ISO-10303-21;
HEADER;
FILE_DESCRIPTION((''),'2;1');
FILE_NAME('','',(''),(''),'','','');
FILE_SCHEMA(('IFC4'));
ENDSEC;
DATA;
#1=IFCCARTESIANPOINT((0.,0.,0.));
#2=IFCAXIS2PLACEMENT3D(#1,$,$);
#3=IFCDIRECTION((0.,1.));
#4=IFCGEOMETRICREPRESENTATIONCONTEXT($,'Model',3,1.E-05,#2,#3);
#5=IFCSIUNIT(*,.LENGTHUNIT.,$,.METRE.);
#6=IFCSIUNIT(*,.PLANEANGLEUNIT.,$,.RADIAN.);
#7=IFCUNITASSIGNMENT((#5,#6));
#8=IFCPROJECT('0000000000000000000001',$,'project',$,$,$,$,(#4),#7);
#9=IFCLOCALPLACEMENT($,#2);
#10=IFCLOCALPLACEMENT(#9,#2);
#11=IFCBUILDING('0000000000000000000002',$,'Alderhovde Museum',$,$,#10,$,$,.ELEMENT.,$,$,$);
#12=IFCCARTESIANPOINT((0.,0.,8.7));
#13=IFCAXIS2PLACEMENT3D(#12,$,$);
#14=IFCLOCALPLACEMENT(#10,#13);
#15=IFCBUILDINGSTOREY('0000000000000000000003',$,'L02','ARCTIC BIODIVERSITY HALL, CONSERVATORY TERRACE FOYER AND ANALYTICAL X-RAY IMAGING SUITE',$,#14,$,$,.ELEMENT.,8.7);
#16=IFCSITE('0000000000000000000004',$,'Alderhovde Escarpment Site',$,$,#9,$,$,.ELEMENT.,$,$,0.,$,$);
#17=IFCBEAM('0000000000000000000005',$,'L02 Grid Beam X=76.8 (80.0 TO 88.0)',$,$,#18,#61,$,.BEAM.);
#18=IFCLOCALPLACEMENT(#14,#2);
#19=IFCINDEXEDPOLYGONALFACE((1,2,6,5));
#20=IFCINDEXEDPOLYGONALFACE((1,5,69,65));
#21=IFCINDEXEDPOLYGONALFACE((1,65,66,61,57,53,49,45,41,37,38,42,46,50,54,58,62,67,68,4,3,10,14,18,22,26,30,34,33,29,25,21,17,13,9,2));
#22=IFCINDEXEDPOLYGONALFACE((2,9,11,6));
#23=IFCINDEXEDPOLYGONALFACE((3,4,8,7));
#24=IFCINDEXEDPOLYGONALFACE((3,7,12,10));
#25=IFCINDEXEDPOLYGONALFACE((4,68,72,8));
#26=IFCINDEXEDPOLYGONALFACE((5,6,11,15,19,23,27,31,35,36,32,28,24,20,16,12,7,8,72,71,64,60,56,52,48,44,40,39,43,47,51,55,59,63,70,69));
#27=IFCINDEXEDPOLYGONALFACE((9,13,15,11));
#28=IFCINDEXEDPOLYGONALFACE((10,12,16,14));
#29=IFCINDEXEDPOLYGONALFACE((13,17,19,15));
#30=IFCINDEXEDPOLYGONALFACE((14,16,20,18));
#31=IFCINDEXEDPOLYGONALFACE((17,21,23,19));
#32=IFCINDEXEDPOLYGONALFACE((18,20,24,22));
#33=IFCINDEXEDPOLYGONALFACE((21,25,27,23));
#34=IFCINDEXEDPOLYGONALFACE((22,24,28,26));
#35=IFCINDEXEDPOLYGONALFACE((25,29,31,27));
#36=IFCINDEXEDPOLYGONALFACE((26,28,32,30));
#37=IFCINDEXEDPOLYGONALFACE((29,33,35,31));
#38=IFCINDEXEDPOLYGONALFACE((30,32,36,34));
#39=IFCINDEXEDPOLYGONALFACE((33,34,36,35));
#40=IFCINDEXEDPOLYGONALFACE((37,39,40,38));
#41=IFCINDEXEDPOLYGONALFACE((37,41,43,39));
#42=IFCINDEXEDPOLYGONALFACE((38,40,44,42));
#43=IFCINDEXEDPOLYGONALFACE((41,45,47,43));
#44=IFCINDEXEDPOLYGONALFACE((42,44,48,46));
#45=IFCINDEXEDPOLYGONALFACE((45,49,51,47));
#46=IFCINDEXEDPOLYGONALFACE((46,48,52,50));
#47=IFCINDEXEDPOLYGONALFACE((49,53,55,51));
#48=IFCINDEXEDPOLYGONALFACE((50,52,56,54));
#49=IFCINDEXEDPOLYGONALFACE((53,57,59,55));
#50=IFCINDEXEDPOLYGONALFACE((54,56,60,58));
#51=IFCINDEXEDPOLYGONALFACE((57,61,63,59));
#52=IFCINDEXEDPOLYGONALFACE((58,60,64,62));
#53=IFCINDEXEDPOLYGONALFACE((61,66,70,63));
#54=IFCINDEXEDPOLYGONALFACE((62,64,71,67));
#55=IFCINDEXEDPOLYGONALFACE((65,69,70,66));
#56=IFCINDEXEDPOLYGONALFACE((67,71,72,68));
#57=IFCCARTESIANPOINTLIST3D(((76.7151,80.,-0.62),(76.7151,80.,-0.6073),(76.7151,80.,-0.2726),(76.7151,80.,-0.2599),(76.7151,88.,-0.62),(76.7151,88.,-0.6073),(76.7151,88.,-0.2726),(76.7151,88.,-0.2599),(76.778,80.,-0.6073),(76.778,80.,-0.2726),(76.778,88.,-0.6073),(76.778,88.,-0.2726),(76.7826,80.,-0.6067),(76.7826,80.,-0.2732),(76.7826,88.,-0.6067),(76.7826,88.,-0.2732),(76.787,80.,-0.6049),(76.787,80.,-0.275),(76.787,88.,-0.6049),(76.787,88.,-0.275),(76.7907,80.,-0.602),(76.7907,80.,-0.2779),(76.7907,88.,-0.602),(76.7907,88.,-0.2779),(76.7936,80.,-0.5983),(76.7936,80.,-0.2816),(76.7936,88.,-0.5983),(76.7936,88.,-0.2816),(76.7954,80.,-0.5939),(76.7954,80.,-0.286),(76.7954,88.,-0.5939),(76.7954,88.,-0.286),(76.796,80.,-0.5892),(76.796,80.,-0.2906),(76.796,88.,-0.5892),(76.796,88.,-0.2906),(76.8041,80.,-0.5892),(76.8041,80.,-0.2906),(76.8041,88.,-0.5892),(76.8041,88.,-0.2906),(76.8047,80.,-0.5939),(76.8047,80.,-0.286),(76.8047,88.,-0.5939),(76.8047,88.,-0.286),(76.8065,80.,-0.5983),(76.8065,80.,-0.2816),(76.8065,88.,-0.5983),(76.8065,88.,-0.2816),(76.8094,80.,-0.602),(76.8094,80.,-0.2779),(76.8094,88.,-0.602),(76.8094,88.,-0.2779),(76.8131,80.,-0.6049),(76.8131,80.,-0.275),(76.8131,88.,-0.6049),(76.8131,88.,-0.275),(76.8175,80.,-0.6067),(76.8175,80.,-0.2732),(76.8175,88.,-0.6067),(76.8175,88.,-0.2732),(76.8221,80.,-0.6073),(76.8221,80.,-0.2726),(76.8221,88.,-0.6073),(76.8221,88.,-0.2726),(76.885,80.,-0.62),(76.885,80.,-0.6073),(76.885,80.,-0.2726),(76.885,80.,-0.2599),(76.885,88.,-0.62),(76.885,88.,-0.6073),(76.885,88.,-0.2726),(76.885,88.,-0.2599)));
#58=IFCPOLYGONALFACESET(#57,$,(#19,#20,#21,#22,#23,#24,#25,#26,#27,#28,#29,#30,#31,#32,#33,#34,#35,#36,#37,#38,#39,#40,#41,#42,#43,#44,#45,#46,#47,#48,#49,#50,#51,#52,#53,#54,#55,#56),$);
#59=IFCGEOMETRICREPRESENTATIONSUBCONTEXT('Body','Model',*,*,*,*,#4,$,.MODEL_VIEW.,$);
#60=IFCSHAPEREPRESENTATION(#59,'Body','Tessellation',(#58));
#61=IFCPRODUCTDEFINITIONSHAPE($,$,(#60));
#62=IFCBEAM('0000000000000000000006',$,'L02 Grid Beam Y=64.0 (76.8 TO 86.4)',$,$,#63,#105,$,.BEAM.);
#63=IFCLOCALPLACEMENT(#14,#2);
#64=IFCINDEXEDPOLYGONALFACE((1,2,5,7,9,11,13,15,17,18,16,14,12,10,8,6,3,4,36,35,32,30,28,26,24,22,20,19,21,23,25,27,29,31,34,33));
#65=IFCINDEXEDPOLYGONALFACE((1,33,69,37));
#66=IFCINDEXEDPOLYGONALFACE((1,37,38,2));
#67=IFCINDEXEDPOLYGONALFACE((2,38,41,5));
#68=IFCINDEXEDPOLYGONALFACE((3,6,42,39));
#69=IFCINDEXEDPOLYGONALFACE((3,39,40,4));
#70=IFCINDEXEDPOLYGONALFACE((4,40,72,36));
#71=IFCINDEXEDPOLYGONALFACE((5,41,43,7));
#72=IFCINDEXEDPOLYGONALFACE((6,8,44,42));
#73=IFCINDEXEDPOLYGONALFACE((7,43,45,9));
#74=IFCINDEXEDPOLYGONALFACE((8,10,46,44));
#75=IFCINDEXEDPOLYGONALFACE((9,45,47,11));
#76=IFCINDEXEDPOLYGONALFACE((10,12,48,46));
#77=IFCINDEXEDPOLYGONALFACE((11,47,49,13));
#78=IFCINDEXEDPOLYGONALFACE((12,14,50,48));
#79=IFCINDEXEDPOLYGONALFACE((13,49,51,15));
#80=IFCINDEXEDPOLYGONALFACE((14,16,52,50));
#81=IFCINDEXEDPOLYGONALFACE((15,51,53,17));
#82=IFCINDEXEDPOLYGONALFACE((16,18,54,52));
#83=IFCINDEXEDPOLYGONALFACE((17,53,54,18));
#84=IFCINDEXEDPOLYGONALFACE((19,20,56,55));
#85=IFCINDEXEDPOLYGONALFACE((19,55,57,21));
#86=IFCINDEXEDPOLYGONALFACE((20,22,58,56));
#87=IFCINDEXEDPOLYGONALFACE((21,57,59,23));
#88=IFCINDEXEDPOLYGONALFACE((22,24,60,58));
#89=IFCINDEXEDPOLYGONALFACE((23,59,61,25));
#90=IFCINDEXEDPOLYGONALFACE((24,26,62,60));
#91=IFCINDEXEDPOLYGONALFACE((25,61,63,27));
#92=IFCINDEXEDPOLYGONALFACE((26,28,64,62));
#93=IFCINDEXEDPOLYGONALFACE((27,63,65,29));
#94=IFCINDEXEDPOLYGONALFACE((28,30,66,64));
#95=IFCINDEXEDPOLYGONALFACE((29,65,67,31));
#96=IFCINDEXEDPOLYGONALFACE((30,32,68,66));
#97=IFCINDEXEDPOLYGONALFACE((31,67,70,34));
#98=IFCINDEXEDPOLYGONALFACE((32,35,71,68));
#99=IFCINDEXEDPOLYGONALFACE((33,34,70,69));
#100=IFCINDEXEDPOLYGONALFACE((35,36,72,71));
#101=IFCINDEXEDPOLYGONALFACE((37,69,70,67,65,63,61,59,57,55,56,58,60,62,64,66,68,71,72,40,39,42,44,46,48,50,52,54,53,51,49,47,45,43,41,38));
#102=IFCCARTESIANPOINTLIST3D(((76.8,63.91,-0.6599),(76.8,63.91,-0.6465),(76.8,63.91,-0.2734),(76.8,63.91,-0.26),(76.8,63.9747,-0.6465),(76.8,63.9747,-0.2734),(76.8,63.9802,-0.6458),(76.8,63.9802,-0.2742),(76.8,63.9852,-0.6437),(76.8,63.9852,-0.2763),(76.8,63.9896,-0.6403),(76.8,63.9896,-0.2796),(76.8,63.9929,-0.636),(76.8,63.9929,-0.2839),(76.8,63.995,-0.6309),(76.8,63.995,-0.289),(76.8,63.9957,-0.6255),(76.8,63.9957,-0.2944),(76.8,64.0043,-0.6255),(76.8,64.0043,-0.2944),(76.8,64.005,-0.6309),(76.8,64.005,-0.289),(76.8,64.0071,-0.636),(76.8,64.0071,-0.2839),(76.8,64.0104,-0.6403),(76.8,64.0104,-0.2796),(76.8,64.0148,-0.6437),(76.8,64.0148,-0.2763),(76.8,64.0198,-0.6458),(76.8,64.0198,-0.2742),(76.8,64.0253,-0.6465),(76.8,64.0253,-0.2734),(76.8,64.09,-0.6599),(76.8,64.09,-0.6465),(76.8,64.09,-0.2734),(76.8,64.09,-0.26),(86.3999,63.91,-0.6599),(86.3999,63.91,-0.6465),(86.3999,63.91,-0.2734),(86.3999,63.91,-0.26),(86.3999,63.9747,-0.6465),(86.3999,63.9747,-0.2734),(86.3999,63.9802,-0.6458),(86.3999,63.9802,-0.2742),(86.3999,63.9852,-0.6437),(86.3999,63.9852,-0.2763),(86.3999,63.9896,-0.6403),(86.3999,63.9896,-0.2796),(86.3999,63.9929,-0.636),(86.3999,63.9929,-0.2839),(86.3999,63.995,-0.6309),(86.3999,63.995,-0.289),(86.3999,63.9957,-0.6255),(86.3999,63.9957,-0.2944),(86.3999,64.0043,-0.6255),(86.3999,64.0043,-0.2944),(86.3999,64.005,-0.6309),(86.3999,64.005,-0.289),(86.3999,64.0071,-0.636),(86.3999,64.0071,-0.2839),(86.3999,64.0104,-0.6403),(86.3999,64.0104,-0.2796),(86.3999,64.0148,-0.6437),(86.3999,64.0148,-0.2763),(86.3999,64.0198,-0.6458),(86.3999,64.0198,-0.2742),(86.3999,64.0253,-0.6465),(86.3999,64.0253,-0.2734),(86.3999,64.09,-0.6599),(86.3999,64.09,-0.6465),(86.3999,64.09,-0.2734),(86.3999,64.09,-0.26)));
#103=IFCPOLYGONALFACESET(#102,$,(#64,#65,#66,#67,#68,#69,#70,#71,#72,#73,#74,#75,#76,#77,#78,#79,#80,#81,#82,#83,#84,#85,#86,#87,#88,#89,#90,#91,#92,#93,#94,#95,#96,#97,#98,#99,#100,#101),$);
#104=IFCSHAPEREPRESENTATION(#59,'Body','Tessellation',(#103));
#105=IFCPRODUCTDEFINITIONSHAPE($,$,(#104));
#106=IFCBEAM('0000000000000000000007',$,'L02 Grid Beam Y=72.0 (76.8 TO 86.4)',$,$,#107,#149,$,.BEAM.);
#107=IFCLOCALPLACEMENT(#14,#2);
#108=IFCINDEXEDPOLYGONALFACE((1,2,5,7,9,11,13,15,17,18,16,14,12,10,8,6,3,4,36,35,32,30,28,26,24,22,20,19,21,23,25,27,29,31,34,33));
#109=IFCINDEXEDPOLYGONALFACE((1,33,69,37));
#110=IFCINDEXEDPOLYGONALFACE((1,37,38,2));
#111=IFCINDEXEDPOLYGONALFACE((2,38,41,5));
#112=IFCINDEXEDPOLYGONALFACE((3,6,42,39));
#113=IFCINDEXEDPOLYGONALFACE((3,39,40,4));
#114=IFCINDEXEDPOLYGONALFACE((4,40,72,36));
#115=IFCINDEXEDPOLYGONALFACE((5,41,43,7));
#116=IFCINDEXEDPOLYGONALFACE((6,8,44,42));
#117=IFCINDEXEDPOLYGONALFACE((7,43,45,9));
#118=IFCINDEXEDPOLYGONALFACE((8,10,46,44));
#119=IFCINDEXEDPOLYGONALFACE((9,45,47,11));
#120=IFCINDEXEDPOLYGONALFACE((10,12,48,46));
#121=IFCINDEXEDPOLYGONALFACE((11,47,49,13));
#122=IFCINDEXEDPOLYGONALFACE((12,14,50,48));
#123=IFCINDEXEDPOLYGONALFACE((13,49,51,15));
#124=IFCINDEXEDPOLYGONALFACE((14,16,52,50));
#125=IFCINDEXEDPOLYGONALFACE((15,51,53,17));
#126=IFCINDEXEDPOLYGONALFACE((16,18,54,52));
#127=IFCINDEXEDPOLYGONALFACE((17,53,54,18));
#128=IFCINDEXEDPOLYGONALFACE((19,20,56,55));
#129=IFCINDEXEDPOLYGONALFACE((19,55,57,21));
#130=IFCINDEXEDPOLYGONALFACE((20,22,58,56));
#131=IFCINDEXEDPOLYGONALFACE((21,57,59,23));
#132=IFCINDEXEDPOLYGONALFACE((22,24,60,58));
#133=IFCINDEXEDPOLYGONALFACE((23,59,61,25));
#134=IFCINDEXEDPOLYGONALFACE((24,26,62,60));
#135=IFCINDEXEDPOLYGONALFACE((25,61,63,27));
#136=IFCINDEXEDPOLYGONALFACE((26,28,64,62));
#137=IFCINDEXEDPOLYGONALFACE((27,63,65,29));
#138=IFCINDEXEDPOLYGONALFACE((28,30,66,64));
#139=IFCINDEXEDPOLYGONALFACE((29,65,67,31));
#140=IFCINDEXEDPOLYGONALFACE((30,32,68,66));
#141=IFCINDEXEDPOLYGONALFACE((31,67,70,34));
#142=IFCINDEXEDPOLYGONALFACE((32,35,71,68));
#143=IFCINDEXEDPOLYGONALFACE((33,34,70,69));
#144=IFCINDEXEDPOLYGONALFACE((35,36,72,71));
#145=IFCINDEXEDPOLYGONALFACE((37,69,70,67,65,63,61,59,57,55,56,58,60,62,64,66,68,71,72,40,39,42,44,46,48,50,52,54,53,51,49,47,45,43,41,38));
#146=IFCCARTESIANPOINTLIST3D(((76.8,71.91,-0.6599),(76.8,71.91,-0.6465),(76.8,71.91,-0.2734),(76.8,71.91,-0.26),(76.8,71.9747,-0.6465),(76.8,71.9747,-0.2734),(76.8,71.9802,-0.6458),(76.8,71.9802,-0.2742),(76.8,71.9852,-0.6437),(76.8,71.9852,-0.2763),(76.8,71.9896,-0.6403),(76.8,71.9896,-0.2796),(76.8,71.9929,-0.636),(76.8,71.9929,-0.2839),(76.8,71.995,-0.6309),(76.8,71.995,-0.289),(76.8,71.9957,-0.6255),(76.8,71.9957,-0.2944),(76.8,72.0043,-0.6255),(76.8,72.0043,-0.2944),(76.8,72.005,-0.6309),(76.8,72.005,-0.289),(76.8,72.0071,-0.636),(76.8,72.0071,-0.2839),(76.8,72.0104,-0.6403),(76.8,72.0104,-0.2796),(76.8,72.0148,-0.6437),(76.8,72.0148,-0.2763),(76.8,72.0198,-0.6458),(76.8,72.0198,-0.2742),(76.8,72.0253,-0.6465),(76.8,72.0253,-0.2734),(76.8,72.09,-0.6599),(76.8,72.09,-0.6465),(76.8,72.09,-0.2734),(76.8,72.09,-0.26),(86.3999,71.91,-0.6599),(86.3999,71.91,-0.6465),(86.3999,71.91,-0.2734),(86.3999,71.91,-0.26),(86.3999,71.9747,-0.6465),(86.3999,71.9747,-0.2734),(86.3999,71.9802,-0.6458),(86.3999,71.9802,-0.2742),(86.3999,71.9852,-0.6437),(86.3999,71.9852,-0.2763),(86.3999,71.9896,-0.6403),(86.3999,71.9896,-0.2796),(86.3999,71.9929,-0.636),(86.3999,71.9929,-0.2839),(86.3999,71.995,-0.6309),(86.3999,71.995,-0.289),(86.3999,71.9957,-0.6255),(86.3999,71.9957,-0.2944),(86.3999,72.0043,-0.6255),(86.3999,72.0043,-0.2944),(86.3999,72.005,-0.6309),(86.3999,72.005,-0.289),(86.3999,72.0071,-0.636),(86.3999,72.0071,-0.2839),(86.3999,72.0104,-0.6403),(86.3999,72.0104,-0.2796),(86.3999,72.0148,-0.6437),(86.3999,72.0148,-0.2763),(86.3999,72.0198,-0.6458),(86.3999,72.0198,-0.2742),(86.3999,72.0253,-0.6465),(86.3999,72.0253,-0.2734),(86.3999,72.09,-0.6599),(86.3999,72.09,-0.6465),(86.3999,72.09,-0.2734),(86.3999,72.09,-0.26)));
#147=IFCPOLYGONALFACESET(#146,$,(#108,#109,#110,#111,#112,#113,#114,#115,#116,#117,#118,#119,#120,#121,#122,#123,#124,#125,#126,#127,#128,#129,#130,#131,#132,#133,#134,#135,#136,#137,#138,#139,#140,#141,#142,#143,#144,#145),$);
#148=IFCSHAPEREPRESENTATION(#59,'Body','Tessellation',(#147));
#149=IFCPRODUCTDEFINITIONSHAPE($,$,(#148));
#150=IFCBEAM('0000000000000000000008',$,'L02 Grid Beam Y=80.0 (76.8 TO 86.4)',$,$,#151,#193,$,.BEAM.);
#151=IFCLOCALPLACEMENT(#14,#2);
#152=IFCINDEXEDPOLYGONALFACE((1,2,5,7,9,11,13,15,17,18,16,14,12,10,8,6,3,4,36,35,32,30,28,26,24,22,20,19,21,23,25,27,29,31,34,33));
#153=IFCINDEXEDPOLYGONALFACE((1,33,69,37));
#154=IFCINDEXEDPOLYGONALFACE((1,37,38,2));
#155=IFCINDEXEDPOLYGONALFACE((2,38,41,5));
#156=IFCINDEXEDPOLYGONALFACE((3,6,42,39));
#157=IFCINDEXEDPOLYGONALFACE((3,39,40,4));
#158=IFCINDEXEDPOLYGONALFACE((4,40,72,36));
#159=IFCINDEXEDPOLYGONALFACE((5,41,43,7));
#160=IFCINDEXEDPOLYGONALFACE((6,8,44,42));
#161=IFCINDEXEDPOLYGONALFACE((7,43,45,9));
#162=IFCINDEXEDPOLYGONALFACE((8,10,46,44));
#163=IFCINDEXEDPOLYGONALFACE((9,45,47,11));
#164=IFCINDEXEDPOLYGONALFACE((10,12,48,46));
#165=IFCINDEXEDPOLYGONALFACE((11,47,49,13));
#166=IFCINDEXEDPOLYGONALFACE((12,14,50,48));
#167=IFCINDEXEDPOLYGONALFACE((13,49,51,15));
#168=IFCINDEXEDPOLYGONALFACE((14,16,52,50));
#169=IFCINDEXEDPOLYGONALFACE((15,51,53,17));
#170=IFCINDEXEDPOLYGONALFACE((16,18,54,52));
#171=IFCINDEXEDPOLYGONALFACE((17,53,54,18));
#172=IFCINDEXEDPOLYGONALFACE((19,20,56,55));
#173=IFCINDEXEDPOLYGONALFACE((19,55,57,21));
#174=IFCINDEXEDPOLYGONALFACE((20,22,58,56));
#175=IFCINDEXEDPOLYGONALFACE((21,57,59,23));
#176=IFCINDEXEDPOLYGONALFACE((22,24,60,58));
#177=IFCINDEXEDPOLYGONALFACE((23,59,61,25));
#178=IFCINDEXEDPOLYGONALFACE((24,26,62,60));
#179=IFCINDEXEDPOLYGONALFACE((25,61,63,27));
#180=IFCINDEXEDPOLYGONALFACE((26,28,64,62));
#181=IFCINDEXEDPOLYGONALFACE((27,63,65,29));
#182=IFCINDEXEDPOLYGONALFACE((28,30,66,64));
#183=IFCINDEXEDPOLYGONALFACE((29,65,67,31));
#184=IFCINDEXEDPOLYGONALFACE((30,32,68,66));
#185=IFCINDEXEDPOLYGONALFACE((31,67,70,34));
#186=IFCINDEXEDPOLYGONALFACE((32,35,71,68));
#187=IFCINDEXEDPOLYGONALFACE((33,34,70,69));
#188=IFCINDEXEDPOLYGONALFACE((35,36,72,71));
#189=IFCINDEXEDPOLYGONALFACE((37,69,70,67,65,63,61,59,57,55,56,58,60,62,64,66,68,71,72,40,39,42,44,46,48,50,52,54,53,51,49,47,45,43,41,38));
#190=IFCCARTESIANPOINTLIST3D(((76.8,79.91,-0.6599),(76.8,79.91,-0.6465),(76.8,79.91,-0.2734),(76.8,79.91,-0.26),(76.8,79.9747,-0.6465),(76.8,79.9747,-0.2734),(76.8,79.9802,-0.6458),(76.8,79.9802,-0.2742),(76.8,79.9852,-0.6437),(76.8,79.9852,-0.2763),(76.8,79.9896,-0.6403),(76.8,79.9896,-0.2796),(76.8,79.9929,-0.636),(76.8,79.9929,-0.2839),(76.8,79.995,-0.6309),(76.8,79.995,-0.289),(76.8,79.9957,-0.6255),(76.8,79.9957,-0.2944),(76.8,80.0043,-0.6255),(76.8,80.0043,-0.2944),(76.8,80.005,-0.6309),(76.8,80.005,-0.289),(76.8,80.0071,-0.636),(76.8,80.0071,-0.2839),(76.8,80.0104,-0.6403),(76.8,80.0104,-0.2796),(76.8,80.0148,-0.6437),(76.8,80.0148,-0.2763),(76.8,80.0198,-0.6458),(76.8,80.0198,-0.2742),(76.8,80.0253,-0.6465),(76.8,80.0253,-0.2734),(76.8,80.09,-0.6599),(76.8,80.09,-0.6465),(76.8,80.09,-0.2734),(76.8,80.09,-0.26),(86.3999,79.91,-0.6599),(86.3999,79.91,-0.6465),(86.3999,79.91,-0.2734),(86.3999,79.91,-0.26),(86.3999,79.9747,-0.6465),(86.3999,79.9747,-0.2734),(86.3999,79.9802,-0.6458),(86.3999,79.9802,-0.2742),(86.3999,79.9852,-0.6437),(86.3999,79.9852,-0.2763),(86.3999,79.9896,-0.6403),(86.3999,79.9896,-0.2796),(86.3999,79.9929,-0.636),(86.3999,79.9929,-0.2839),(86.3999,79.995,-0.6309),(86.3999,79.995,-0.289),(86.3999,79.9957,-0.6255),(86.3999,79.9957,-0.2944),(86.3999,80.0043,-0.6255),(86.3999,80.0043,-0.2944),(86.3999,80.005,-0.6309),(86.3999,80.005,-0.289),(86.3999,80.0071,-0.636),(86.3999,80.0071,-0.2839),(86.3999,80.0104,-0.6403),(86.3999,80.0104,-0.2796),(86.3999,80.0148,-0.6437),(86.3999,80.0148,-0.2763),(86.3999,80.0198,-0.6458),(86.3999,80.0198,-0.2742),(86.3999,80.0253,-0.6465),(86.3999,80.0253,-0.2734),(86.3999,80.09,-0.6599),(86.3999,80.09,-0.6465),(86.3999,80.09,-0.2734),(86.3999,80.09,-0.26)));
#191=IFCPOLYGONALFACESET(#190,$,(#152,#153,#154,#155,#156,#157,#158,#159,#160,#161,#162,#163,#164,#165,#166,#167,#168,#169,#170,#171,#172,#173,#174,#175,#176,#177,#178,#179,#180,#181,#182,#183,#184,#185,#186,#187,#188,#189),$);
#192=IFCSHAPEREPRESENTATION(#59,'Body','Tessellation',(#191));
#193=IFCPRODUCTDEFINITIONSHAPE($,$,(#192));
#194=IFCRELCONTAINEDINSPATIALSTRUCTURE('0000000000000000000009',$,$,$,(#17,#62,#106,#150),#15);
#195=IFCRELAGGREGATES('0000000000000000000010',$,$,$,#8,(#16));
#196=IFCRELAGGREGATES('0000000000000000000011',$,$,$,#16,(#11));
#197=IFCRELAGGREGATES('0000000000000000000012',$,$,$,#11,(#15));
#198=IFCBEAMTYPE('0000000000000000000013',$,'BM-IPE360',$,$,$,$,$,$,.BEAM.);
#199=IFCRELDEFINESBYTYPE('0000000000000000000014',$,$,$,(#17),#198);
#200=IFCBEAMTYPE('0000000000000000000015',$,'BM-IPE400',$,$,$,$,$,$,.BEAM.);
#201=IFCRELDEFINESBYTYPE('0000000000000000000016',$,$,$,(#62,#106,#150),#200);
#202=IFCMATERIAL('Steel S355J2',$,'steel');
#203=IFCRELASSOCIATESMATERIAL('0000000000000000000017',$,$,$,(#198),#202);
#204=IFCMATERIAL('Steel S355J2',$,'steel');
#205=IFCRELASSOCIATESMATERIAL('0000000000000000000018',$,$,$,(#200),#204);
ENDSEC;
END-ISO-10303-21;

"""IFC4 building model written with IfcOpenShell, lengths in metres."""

from ifc_helpers import new_model, si_unit, direction, frame, origin, origin_2d, place, context, subcontext, project, spatial, i_section, extrude, material, material_profile, profile_set, type_object, element, save


model = new_model("IFC4")

# Units and contexts
model_context = context("Model", 3, precision=1e-05, world=origin(), true_north=direction((0.0, 1.0)))
body_context = subcontext(model_context, "Body", "Model", "MODEL_VIEW")
ifc_project = project(units=[si_unit("LENGTHUNIT", "METRE"), si_unit("PLANEANGLEUNIT", "RADIAN")], contexts=[model_context])

# Site, building, storey
site_placement = place(None, origin())
site = spatial("IfcSite", under=ifc_project, at=site_placement, Name="Alderhovde Escarpment Site", CompositionType="ELEMENT", RefElevation=0.0)
building_placement = place(site_placement, origin())
building = spatial("IfcBuilding", under=site, at=building_placement, Name="Alderhovde Museum", CompositionType="ELEMENT")
storey_placement = place(building_placement, frame((0.0, 0.0, 8.7)))
storey = spatial("IfcBuildingStorey", under=building, at=storey_placement, Name="L02", Description="ARCTIC BIODIVERSITY HALL, CONSERVATORY TERRACE FOYER AND ANALYTICAL X-RAY IMAGING SUITE", CompositionType="ELEMENT", Elevation=8.7)

# Beams
ifc_material_1 = material(Name="Steel S355J2", Category="steel")
ifc_material_profile_1 = material_profile(ifc_material_1, i_section(OverallWidth=0.1699, OverallDepth=0.3601, WebThickness=0.0081, FlangeThickness=0.0127, FilletRadius=0.0181, at=origin_2d()), Name="IPE 360")
ifc_profile_set_1 = profile_set([ifc_material_profile_1], Name="Steel S355J2")
beam_type_1 = type_object("IfcBeamType", Name="BM-IPE360", PredefinedType="BEAM", material=ifc_profile_set_1)
for number, where, z_axis, x_axis, name in (
    (1, (76.8, 80.0, -0.4399), (0.0, 1.0, 0.0), (-1.0, 0.0, 0.0), "L02 Grid Beam X=76.8 (80.0 TO 88.0)"),
):
    element("IfcBeam", number, at=place(storey_placement, frame(where, z_axis=z_axis, x_axis=x_axis)), inside=storey, type_object=beam_type_1, Name=name, PredefinedType="BEAM", context=body_context, shape_type="SweptSolid", body=[
        extrude(i_section(OverallWidth=0.1699, OverallDepth=0.3601, WebThickness=0.0081, FlangeThickness=0.0127, FilletRadius=0.0181, at=origin_2d()), origin(), (0.0, 0.0, 1.0), 8.0),
    ])
ifc_material_2 = material(Name="Steel S355J2", Category="steel")
ifc_material_profile_2 = material_profile(ifc_material_2, i_section(OverallWidth=0.1799, OverallDepth=0.3999, WebThickness=0.0085, FlangeThickness=0.0134, FilletRadius=0.021, at=origin_2d()), Name="IPE 400")
ifc_profile_set_2 = profile_set([ifc_material_profile_2], Name="Steel S355J2")
beam_type_2 = type_object("IfcBeamType", Name="BM-IPE400", PredefinedType="BEAM", material=ifc_profile_set_2)
for number, where, z_axis, x_axis, name in (
    (2, (76.8, 64.0, -0.46), (1.0, 0.0, 0.0), (0.0, 1.0, 0.0), "L02 Grid Beam Y=64.0 (76.8 TO 86.4)"),
    (3, (76.8, 72.0, -0.46), (1.0, 0.0, 0.0), (0.0, 1.0, 0.0), "L02 Grid Beam Y=72.0 (76.8 TO 86.4)"),
    (4, (76.8, 80.0, -0.46), (1.0, 0.0, 0.0), (0.0, 1.0, 0.0), "L02 Grid Beam Y=80.0 (76.8 TO 86.4)"),
):
    element("IfcBeam", number, at=place(storey_placement, frame(where, z_axis=z_axis, x_axis=x_axis)), inside=storey, type_object=beam_type_2, Name=name, PredefinedType="BEAM", context=body_context, shape_type="SweptSolid", body=[
        extrude(i_section(OverallWidth=0.1799, OverallDepth=0.3999, WebThickness=0.0085, FlangeThickness=0.0134, FilletRadius=0.021, at=origin_2d()), origin(), (0.0, 0.0, 1.0), 9.5999),
    ])

save(model, "model.ifc")
